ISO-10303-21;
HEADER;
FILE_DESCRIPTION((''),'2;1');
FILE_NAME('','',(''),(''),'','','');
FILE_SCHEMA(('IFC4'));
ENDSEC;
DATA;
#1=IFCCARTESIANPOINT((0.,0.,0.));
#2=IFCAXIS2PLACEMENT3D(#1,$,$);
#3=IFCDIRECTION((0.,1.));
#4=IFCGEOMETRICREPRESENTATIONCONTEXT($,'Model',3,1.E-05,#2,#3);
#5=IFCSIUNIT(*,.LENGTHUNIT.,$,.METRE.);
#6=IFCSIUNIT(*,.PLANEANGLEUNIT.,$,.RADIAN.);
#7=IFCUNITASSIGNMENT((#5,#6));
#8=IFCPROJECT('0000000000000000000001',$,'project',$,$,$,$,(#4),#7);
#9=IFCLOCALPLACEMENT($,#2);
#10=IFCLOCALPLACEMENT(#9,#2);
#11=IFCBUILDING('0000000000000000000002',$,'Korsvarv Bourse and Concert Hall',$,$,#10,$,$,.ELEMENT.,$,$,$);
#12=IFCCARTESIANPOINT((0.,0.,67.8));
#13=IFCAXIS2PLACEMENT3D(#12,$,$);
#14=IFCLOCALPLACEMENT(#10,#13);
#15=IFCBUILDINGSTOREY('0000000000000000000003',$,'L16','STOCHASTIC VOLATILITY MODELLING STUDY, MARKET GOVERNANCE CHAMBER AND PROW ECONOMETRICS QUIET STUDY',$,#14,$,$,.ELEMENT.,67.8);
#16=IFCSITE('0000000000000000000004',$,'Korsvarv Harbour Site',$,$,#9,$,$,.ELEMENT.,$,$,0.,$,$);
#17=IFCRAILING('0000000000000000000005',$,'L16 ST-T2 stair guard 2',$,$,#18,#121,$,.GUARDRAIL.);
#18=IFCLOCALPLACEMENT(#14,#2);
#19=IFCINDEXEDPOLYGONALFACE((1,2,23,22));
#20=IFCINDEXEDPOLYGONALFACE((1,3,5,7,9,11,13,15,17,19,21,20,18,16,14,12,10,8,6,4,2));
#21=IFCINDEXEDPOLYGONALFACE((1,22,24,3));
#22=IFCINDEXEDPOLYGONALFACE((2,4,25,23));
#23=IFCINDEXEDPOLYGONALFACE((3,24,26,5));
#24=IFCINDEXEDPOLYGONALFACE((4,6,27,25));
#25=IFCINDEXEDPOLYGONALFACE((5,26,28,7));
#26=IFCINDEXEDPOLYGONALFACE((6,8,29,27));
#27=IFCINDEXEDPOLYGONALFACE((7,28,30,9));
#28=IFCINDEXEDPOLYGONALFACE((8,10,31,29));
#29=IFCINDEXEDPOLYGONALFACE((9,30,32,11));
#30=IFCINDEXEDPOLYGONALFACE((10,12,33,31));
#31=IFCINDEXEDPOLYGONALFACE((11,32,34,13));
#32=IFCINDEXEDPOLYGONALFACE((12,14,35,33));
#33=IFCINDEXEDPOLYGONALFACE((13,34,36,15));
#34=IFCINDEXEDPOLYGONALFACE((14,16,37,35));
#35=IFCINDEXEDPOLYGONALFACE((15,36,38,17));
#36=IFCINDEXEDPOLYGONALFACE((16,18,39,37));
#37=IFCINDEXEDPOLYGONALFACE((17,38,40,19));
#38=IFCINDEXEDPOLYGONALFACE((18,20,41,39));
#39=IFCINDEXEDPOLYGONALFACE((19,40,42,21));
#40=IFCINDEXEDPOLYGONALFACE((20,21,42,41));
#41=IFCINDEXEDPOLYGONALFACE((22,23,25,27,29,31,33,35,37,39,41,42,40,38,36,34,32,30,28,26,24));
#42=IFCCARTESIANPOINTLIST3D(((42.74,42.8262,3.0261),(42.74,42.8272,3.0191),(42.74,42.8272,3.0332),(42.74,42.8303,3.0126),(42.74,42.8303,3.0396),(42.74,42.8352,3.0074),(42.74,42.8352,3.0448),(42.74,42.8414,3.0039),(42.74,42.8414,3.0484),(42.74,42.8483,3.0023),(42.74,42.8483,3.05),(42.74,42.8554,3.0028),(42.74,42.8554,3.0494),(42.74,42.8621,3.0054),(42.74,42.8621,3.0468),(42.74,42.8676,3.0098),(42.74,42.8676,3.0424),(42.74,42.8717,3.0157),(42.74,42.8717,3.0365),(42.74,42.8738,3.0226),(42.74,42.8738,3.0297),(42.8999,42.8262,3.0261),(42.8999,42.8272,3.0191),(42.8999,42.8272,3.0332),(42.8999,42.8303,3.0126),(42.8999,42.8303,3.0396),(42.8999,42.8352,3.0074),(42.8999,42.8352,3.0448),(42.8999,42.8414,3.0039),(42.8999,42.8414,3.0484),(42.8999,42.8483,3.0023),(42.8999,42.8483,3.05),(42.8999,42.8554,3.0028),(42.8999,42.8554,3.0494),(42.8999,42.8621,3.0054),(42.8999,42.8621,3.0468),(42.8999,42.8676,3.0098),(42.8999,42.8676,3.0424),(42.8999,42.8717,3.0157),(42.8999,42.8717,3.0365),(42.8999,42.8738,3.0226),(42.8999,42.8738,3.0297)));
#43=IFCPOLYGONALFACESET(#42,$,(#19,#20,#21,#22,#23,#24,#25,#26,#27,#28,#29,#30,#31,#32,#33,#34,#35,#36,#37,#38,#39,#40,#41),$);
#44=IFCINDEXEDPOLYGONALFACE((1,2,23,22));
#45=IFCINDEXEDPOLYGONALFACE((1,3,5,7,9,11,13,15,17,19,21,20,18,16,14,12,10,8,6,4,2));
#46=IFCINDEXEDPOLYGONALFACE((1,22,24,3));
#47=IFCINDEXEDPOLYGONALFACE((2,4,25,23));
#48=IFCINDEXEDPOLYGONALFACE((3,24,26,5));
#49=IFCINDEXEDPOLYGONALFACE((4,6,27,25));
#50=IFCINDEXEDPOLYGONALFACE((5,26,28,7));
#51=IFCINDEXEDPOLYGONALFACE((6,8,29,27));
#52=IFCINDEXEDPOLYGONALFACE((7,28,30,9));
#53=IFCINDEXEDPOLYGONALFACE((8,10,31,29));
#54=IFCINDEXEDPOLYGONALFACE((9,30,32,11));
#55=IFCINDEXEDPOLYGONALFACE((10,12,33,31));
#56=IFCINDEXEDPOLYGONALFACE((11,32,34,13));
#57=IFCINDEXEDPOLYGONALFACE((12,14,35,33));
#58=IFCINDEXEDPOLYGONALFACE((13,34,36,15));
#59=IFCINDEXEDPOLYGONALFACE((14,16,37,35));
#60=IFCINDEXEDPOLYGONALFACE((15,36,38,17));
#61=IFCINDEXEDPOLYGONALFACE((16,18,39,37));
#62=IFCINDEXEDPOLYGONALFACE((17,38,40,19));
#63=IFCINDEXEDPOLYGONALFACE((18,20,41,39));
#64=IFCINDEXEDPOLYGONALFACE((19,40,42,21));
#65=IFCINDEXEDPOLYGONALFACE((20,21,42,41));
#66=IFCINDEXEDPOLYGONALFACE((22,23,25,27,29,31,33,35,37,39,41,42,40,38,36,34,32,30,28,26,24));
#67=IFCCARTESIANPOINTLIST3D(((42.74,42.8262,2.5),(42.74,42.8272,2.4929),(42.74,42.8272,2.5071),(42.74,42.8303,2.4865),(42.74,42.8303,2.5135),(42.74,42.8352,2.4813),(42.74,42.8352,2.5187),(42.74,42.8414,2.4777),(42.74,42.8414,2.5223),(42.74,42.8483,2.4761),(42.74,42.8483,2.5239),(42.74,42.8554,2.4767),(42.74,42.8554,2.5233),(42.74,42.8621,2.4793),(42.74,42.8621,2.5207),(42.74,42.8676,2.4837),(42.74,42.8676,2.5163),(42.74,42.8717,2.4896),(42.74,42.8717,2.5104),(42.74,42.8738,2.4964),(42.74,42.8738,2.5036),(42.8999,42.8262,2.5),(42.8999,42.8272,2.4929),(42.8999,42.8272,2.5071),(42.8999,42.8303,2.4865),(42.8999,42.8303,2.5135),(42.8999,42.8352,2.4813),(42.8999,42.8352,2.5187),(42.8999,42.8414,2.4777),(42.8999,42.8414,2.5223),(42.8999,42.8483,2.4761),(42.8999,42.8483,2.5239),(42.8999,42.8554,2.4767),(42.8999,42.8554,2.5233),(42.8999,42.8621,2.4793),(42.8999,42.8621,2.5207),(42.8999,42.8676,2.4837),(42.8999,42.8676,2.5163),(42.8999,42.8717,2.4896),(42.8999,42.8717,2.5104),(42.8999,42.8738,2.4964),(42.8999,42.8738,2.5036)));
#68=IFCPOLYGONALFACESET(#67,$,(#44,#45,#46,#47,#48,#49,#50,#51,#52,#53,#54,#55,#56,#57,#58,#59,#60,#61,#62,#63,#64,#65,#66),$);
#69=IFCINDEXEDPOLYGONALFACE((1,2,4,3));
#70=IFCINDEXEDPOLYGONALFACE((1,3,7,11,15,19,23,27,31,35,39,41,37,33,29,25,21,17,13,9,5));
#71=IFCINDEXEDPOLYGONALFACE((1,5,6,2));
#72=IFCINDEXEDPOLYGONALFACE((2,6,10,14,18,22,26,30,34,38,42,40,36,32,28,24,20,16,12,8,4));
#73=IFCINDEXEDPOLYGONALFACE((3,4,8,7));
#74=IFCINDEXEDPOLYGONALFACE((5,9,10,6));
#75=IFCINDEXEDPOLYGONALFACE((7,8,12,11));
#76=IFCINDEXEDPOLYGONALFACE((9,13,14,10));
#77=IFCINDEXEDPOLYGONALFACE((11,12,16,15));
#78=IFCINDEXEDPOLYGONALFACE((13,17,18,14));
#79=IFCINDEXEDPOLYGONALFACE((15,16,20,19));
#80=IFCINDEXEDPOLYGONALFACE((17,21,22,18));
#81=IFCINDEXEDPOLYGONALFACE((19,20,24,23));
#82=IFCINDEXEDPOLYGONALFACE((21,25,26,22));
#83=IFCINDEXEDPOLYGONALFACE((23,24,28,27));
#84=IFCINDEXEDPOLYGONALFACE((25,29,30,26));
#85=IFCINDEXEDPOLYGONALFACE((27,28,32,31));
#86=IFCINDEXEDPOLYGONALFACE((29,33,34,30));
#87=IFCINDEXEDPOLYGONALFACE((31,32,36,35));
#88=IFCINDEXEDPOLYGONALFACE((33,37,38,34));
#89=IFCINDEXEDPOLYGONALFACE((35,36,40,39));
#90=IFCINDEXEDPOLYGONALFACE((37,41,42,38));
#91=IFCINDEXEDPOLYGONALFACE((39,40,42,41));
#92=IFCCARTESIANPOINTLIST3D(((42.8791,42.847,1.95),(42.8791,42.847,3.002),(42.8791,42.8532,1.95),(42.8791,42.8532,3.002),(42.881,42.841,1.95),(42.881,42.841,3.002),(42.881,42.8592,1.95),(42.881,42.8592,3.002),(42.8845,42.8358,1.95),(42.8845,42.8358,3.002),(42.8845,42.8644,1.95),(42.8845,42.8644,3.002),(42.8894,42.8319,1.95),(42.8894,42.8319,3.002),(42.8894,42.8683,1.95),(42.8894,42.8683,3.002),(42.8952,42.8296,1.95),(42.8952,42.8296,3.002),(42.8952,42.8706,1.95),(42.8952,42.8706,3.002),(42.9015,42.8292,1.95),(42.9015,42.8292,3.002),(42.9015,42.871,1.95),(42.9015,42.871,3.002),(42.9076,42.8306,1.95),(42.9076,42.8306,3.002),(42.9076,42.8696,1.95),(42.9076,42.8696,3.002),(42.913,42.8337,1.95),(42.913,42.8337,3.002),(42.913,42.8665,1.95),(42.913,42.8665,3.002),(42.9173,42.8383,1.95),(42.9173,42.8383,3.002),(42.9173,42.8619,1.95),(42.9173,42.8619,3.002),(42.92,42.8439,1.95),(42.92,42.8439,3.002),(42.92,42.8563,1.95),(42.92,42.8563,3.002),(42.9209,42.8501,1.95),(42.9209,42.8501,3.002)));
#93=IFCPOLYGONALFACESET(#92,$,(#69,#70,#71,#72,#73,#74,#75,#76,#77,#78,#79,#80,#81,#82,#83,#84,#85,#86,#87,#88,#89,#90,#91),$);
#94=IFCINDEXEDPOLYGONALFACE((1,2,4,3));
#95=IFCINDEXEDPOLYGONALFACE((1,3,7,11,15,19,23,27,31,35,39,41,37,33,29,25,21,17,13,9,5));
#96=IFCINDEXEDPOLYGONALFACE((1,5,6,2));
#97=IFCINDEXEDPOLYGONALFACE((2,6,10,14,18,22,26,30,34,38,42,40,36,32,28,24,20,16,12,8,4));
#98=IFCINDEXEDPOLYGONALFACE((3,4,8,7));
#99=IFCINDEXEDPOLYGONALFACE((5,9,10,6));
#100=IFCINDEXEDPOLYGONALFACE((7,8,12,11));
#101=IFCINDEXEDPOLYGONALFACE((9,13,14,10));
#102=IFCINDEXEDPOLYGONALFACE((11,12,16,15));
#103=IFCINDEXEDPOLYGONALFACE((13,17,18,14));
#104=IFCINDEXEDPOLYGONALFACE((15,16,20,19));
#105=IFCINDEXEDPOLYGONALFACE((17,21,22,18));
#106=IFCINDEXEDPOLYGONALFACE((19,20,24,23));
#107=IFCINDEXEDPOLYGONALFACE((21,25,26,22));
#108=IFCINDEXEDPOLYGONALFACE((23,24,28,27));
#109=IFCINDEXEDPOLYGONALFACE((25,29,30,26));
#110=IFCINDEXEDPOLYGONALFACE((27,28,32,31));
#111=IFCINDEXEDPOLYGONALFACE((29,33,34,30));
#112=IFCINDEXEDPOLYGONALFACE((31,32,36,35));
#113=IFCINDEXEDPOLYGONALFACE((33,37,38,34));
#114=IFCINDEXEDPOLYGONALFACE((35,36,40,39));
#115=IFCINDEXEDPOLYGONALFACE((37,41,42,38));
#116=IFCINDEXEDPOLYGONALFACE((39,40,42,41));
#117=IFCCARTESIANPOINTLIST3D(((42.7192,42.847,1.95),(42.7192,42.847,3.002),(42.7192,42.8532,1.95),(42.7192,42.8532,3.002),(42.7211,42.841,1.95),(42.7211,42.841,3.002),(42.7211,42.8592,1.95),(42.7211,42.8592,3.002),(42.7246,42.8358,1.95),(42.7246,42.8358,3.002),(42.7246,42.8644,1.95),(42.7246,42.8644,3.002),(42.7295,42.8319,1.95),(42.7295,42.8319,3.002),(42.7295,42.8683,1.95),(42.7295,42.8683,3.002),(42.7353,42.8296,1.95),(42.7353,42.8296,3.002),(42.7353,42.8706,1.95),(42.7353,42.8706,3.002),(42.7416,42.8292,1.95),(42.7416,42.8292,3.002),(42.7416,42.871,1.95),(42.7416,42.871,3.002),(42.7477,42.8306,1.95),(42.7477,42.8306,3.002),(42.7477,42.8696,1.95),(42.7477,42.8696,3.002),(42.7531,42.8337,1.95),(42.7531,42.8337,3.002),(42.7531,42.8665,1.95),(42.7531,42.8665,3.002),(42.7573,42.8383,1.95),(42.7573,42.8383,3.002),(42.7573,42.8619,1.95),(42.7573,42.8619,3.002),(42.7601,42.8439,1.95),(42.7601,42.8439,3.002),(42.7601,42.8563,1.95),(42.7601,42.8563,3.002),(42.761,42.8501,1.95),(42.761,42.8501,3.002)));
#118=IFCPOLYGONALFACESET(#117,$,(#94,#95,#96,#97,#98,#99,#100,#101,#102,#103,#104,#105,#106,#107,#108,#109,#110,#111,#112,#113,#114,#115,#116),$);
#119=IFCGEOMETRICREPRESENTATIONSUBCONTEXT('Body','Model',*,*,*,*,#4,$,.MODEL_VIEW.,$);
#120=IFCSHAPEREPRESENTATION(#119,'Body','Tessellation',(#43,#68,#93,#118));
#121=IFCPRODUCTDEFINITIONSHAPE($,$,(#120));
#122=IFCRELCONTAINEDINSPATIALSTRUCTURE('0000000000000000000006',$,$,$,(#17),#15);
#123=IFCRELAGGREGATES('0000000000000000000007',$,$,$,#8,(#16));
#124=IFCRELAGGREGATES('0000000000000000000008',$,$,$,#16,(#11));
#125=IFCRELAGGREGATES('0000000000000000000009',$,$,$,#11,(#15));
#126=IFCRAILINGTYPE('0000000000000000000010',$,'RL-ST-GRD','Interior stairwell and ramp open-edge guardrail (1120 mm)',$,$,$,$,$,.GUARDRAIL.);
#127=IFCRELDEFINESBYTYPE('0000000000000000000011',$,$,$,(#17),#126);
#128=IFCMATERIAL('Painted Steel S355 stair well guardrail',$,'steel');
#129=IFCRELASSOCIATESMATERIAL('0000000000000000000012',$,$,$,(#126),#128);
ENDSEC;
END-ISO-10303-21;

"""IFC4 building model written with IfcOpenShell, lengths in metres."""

from ifc_helpers import new_model, si_unit, direction, frame, origin, origin_2d, place, context, subcontext, project, spatial, circle, extrude, material, type_object, element, save


model = new_model("IFC4")

# Units and contexts
model_context = context("Model", 3, precision=1e-05, world=origin(), true_north=direction((0.0, 1.0)))
body_context = subcontext(model_context, "Body", "Model", "MODEL_VIEW")
ifc_project = project(units=[si_unit("LENGTHUNIT", "METRE"), si_unit("PLANEANGLEUNIT", "RADIAN")], contexts=[model_context])

# Site, building, storey
site_placement = place(None, origin())
site = spatial("IfcSite", under=ifc_project, at=site_placement, Name="Korsvarv Harbour Site", CompositionType="ELEMENT", RefElevation=0.0)
building_placement = place(site_placement, origin())
building = spatial("IfcBuilding", under=site, at=building_placement, Name="Korsvarv Bourse and Concert Hall", CompositionType="ELEMENT")
storey_placement = place(building_placement, frame((0.0, 0.0, 67.8)))
storey = spatial("IfcBuildingStorey", under=building, at=storey_placement, Name="L16", Description="STOCHASTIC VOLATILITY MODELLING STUDY, MARKET GOVERNANCE CHAMBER AND PROW ECONOMETRICS QUIET STUDY", CompositionType="ELEMENT", Elevation=67.8)

# Railing
ifc_material_1 = material(Name="Painted Steel S355 stair well guardrail", Category="steel")
railing_type_1 = type_object("IfcRailingType", Name="RL-ST-GRD", Description="Interior stairwell and ramp open-edge guardrail (1120 mm)", PredefinedType="GUARDRAIL", material=ifc_material_1)
railing_1_placement = place(storey_placement, frame((42.8999, 42.8501, 1.95)))
element("IfcRailing", 1, at=railing_1_placement, inside=storey, type_object=railing_type_1, Name="L16 ST-T2 stair guard 2", PredefinedType="GUARDRAIL", context=body_context, shape_type="SweptSolid", body=[
    extrude(circle(Radius=0.0239, at=origin_2d()), frame((0.0, 0.0, 1.0762), z_axis=(-1.0, 0.0, 0.0), x_axis=(0.0, -1.0, 0.0)), (0.0, 0.0, 1.0), 0.1599),
    extrude(circle(Radius=0.0239, at=origin_2d()), frame((0.0, 0.0, 0.55), z_axis=(-1.0, 0.0, 0.0), x_axis=(0.0, -1.0, 0.0)), (0.0, 0.0, 1.0), 0.1599),
    extrude(circle(Radius=0.021, at=origin_2d()), origin(), (0.0, 0.0, 1.0), 1.052),
    extrude(circle(Radius=0.021, at=origin_2d()), frame((-0.1599, 0.0, 0.0)), (0.0, 0.0, 1.0), 1.052),
])

save(model, "model.ifc")
